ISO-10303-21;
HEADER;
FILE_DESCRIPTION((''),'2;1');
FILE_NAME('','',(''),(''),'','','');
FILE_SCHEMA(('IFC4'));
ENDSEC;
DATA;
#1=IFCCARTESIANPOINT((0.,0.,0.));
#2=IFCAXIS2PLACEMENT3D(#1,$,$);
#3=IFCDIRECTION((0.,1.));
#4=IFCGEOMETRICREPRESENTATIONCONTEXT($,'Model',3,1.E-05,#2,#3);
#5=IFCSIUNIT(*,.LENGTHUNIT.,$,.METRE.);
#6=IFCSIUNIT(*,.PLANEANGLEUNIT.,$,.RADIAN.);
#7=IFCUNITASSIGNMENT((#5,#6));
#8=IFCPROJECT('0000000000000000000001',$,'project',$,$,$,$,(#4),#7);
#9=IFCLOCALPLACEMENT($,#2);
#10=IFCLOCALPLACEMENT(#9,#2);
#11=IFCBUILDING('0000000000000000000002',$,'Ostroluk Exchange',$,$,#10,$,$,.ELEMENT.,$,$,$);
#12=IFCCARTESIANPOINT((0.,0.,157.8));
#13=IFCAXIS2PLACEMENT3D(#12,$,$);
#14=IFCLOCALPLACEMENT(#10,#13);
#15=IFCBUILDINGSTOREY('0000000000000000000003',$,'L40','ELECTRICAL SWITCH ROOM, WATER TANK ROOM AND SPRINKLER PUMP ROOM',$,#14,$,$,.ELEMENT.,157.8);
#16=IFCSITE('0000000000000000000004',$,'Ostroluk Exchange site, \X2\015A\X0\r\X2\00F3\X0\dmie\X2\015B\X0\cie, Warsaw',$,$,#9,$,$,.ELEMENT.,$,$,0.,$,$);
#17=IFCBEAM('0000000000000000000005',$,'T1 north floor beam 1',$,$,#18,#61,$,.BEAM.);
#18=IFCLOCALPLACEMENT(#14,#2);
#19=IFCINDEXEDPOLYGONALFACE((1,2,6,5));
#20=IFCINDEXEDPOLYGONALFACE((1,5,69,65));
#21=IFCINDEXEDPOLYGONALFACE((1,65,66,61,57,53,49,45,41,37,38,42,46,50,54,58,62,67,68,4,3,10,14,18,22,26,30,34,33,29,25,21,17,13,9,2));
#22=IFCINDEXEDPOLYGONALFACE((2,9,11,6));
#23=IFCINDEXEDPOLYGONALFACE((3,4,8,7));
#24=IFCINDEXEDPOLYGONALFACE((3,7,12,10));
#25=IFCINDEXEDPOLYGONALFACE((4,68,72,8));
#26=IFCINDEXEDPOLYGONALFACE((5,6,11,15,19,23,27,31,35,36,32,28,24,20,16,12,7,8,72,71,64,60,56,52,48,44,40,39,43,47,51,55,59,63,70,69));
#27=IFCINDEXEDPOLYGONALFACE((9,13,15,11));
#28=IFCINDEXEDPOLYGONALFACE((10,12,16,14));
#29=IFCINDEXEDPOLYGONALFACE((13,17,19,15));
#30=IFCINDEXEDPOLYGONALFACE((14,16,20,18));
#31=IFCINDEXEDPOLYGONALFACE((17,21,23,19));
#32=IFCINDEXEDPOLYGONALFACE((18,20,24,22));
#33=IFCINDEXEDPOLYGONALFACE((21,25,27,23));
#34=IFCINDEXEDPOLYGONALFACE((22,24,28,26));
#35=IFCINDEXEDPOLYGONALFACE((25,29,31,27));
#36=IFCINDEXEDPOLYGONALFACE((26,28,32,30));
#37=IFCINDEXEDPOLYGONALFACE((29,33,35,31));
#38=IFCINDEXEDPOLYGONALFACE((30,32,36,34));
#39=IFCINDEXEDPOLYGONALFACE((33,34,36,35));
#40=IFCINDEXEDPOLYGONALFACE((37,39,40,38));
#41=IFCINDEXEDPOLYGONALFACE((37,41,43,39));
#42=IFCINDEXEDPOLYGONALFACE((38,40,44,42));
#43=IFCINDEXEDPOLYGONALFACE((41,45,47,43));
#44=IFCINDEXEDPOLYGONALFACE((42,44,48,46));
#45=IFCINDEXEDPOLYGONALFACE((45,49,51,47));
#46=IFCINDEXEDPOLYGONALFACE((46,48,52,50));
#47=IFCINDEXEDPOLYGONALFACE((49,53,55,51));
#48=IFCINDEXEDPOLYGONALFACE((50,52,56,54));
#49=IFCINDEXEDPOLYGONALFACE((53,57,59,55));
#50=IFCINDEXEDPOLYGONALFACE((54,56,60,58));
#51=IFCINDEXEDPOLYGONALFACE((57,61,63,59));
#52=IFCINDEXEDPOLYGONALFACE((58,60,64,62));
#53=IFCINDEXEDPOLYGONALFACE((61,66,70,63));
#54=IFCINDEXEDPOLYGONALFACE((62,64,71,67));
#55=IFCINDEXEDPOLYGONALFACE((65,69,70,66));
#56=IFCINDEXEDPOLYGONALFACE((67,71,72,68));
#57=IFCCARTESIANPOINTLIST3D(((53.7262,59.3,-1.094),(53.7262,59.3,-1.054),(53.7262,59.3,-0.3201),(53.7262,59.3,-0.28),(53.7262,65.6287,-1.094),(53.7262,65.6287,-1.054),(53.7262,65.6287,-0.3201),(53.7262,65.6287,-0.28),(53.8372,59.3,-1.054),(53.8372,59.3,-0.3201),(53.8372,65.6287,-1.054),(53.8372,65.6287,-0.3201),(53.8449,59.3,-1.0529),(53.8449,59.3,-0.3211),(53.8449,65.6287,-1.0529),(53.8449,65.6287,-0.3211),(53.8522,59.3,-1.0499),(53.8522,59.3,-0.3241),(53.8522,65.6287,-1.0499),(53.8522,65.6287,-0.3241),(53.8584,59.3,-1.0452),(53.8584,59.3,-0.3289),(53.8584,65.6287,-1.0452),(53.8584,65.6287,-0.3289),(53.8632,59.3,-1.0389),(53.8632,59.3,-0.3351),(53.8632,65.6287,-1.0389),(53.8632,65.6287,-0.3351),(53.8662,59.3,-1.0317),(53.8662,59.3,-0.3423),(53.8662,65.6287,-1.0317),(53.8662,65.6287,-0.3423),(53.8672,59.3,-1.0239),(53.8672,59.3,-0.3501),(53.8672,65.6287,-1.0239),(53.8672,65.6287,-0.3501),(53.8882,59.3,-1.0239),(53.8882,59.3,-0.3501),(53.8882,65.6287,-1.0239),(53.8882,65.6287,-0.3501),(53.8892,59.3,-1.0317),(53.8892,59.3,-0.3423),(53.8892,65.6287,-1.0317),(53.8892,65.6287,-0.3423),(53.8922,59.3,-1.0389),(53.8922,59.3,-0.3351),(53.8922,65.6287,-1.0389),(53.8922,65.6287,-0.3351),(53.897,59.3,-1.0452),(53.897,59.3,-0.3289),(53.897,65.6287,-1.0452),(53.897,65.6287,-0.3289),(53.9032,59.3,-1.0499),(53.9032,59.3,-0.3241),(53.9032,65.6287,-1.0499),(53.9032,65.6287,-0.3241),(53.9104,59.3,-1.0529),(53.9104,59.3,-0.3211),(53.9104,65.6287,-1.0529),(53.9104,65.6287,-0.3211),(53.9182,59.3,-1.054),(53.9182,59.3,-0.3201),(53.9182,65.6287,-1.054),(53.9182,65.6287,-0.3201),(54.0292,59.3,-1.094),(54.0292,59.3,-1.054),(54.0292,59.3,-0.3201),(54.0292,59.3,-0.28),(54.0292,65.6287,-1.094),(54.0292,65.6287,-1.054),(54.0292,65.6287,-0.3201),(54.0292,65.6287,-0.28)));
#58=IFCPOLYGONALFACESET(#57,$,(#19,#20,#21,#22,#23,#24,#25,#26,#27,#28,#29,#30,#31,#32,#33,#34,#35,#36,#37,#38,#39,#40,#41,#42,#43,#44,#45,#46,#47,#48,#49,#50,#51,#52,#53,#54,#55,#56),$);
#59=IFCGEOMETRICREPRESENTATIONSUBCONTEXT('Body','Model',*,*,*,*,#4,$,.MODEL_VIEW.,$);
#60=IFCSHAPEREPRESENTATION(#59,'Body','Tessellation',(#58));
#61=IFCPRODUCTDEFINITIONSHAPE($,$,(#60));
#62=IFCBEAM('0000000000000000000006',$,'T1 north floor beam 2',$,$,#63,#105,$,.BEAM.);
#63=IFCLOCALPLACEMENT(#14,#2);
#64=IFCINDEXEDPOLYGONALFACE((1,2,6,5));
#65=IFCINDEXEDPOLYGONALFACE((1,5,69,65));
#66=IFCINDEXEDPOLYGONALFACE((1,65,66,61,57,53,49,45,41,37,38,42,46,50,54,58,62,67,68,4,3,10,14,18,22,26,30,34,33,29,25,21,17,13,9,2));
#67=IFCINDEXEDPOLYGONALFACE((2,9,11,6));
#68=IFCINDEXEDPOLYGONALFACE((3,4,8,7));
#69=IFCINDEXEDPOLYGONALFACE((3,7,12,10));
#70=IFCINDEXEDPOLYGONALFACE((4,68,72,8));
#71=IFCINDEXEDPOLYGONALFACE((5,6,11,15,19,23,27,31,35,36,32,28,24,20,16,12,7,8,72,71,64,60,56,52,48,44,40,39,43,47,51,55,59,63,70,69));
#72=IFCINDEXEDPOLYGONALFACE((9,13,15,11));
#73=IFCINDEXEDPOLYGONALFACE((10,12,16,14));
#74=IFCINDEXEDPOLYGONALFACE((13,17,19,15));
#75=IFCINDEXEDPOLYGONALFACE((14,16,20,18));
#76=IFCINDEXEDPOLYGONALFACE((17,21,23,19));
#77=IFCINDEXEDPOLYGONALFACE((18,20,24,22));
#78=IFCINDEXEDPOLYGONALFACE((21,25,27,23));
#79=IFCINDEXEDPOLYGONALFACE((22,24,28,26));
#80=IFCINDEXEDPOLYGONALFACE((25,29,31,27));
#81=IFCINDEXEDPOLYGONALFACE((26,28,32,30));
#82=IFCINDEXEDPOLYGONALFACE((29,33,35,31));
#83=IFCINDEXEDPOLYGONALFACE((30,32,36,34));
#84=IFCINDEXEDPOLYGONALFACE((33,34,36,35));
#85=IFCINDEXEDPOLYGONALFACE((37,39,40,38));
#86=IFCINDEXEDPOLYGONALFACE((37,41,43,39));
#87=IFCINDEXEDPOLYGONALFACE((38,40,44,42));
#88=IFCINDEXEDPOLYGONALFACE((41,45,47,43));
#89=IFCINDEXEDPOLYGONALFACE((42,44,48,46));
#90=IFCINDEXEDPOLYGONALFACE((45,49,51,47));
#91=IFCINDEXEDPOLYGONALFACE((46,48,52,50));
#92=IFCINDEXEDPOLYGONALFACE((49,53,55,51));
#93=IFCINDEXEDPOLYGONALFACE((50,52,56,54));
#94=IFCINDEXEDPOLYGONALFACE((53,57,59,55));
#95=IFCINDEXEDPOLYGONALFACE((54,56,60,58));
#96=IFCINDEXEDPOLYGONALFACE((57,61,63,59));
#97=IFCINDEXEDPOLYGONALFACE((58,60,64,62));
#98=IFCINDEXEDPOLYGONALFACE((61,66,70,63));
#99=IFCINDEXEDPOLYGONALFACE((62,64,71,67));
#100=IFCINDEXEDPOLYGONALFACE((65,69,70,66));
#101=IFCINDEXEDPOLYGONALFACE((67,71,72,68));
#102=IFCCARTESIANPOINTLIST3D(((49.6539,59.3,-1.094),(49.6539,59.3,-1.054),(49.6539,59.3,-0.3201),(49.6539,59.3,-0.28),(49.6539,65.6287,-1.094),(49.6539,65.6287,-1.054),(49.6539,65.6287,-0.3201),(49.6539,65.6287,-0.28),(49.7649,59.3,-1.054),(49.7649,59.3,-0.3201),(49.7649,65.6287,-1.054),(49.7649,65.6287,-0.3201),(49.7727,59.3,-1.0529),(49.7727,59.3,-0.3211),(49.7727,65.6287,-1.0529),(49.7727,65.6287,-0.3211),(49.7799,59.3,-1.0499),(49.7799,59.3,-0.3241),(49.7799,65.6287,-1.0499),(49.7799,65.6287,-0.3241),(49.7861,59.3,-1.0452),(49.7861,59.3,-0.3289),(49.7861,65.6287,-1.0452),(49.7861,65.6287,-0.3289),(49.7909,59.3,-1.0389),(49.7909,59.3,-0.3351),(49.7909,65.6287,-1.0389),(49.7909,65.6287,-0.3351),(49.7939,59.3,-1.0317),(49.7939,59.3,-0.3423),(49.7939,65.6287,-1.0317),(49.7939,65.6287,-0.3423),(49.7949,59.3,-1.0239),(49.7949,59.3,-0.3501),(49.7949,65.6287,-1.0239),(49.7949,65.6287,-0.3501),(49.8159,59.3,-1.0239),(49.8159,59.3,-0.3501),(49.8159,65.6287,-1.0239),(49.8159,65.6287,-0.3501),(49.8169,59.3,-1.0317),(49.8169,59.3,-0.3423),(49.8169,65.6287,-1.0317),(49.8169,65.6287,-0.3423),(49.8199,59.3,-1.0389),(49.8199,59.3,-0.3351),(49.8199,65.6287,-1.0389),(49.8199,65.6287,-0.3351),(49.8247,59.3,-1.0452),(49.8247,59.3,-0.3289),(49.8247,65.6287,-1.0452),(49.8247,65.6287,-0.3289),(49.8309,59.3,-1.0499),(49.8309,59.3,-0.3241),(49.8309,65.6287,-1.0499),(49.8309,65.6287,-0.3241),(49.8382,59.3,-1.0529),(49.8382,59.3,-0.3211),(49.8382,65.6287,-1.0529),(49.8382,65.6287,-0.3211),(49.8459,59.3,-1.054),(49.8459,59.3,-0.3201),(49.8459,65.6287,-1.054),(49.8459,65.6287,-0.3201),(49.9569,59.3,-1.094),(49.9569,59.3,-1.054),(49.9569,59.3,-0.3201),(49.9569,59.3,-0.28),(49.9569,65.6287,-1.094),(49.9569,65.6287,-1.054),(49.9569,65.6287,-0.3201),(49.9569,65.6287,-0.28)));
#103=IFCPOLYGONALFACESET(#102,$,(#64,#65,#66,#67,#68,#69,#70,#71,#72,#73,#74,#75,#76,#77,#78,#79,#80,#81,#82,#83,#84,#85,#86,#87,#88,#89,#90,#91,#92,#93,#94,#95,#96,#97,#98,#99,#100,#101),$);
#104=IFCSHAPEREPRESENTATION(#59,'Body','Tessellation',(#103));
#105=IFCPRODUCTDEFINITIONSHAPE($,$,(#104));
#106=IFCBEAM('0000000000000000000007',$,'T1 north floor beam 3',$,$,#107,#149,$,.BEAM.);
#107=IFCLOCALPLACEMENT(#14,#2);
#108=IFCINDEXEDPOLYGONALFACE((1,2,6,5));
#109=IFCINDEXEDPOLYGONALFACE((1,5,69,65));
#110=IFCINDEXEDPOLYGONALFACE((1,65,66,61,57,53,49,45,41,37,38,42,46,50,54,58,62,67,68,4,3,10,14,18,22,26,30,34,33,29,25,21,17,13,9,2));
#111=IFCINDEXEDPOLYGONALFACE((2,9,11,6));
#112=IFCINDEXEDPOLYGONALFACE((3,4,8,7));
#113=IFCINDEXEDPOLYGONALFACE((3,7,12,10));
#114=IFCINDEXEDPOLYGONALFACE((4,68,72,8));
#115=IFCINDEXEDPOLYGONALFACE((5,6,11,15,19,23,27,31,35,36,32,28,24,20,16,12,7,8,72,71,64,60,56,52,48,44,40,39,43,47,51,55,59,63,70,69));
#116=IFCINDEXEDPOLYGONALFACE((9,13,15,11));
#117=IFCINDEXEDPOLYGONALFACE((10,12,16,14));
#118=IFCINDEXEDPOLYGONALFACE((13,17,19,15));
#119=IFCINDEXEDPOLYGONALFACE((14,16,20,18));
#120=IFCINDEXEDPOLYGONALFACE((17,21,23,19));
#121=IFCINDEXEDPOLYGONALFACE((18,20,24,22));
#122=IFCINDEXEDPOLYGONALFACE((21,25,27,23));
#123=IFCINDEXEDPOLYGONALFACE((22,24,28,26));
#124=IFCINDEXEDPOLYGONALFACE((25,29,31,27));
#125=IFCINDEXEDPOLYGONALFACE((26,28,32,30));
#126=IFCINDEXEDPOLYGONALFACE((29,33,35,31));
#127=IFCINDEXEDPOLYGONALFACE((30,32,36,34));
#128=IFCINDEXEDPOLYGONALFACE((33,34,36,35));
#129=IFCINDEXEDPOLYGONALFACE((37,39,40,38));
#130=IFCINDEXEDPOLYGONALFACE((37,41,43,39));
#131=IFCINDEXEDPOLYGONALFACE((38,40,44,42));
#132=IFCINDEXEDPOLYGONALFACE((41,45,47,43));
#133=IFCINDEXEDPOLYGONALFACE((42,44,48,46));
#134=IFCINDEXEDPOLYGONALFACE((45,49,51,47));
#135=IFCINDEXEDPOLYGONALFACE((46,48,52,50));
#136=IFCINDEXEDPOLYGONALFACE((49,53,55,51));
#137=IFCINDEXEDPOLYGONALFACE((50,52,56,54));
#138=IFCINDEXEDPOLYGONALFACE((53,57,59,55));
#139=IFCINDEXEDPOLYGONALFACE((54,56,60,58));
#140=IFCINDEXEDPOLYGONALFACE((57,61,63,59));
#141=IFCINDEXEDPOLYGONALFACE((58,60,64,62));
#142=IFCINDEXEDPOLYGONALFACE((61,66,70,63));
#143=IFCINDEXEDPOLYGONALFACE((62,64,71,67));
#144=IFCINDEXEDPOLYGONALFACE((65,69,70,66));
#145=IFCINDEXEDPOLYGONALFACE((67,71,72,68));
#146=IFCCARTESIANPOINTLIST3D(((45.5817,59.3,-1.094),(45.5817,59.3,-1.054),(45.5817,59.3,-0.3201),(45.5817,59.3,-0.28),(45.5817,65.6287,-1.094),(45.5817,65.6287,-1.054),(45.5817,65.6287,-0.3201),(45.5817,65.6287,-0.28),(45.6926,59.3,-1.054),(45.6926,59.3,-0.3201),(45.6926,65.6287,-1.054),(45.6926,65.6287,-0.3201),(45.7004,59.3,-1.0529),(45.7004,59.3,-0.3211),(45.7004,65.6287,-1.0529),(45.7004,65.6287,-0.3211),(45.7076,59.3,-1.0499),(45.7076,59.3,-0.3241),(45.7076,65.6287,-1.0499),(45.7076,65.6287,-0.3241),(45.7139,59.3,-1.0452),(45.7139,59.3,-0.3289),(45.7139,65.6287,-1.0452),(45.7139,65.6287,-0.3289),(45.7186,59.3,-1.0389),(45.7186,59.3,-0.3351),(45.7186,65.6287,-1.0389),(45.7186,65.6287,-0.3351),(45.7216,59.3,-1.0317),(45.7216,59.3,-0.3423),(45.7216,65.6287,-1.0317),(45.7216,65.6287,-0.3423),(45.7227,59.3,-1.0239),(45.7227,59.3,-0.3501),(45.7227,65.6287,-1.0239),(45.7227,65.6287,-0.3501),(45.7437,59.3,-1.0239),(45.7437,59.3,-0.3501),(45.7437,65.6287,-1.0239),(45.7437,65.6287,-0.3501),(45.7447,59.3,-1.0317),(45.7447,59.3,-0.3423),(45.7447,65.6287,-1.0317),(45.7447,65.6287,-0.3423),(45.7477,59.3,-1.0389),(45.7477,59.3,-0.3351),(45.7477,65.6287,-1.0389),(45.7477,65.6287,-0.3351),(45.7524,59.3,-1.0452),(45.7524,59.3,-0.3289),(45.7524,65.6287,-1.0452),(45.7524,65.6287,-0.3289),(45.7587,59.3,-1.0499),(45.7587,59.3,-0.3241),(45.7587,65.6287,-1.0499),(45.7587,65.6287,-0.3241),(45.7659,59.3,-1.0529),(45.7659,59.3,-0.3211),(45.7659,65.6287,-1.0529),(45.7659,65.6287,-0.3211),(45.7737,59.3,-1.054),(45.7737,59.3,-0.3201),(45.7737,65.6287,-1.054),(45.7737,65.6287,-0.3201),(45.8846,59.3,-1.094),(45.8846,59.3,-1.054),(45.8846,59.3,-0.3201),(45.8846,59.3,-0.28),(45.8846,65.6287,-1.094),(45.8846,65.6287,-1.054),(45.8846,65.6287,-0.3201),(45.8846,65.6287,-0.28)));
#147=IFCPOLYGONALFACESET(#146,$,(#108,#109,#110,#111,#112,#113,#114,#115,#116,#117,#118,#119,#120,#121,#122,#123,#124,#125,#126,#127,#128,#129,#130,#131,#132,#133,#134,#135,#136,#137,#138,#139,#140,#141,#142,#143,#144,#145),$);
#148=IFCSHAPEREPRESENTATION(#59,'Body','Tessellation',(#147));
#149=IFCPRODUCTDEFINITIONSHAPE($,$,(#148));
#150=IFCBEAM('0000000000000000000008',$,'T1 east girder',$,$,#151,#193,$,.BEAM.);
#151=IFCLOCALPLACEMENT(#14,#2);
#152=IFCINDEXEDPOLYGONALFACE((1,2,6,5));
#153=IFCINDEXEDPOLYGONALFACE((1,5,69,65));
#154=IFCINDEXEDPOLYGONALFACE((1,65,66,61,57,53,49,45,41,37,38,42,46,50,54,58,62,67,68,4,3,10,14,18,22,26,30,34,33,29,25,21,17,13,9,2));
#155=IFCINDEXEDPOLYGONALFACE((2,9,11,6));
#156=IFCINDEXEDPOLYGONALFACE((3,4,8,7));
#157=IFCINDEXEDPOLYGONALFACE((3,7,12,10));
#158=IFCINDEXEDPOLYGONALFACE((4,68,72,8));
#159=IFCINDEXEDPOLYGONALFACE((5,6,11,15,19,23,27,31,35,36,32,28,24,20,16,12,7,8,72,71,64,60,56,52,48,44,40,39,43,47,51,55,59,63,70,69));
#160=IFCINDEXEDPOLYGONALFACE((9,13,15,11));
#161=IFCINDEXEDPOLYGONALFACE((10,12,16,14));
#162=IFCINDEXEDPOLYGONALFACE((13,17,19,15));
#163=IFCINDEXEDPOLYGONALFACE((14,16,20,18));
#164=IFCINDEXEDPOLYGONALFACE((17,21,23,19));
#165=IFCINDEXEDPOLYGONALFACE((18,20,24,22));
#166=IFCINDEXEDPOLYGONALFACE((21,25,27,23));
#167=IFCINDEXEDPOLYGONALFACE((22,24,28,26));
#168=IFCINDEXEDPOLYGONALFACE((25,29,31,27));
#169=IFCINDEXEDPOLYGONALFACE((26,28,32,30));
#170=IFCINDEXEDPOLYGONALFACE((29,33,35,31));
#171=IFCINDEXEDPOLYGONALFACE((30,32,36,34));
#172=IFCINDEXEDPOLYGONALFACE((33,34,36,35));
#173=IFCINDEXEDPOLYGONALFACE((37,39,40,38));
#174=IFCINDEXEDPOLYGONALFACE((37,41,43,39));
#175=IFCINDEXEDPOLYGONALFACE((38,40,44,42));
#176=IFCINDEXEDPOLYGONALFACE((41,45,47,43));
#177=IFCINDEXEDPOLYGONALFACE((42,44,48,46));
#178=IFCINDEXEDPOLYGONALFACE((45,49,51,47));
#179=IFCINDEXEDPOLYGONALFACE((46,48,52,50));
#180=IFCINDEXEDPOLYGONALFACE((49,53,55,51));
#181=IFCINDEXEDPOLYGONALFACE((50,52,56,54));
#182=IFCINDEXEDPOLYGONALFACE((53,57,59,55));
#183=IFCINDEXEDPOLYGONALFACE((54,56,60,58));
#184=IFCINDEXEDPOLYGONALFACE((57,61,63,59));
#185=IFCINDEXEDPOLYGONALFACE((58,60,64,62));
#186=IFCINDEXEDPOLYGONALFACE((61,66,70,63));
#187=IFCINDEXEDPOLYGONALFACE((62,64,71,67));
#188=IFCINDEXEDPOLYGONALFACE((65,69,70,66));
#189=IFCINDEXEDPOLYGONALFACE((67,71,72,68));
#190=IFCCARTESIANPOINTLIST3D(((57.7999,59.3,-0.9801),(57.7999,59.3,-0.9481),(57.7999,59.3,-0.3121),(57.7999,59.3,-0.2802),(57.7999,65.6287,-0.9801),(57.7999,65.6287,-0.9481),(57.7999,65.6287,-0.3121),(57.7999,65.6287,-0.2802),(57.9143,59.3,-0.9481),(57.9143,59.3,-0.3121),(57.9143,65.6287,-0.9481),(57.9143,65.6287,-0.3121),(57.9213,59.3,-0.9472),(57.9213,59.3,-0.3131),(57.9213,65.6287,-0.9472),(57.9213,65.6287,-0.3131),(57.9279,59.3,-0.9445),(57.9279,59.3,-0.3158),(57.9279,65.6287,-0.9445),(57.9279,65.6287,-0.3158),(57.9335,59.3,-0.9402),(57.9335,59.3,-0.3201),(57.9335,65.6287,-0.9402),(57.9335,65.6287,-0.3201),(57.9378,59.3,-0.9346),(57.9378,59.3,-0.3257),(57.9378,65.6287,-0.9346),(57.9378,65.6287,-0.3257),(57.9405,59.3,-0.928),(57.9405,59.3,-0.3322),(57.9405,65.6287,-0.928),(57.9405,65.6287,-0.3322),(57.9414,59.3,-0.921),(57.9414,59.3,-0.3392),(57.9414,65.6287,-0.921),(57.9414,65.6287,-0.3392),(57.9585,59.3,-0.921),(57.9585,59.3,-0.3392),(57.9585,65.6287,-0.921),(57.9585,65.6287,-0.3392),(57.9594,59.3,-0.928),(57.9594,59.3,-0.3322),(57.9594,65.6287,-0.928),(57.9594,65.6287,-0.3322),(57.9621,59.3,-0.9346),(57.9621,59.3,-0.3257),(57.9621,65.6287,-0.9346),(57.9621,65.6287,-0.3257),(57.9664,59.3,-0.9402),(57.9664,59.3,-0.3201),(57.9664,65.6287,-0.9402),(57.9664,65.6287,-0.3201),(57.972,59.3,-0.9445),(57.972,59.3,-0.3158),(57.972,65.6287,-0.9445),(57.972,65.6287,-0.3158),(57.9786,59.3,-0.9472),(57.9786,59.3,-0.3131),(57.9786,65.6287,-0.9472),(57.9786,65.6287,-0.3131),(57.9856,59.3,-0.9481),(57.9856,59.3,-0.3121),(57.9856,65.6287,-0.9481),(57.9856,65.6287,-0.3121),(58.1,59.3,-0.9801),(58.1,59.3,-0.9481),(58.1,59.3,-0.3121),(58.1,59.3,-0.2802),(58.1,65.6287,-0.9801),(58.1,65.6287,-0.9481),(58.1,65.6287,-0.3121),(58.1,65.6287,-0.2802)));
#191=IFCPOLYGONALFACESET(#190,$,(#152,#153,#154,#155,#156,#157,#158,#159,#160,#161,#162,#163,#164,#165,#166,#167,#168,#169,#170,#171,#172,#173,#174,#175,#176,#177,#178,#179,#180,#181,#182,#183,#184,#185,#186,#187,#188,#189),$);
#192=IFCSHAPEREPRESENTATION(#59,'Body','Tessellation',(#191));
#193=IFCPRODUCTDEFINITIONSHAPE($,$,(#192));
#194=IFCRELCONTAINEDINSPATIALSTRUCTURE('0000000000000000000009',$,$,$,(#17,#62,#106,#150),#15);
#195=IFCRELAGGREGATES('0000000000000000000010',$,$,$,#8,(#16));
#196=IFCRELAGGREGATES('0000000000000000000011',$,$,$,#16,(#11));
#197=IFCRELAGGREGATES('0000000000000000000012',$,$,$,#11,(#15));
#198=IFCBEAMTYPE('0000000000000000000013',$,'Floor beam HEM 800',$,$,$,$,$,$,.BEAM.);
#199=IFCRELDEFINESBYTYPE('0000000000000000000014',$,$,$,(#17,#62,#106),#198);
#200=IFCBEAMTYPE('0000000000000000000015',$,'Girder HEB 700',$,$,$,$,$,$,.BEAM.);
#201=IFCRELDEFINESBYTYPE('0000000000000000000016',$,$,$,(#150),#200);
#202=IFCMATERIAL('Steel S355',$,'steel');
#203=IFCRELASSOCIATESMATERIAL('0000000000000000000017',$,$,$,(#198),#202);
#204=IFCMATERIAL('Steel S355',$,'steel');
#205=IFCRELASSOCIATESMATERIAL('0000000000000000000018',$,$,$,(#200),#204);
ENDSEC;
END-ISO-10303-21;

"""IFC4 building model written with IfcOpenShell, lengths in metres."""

from ifc_helpers import new_model, si_unit, direction, frame, origin, origin_2d, place, context, subcontext, project, spatial, i_section, extrude, material, material_profile, profile_set, type_object, element, save


model = new_model("IFC4")

# Units and contexts
model_context = context("Model", 3, precision=1e-05, world=origin(), true_north=direction((0.0, 1.0)))
body_context = subcontext(model_context, "Body", "Model", "MODEL_VIEW")
ifc_project = project(units=[si_unit("LENGTHUNIT", "METRE"), si_unit("PLANEANGLEUNIT", "RADIAN")], contexts=[model_context])

# Site, building, storey
site_placement = place(None, origin())
site = spatial("IfcSite", under=ifc_project, at=site_placement, Name="Ostroluk Exchange site, Śródmieście, Warsaw", CompositionType="ELEMENT", RefElevation=0.0)
building_placement = place(site_placement, origin())
building = spatial("IfcBuilding", under=site, at=building_placement, Name="Ostroluk Exchange", CompositionType="ELEMENT")
storey_placement = place(building_placement, frame((0.0, 0.0, 157.8)))
storey = spatial("IfcBuildingStorey", under=building, at=storey_placement, Name="L40", Description="ELECTRICAL SWITCH ROOM, WATER TANK ROOM AND SPRINKLER PUMP ROOM", CompositionType="ELEMENT", Elevation=157.8)

# Beams
ifc_material_1 = material(Name="Steel S355", Category="steel")
ifc_material_profile_1 = material_profile(ifc_material_1, i_section(OverallWidth=0.303, OverallDepth=0.814, WebThickness=0.021, FlangeThickness=0.04, FilletRadius=0.03, at=origin_2d()), Name="HEM 800")
ifc_profile_set_1 = profile_set([ifc_material_profile_1], Name="Steel S355")
beam_type_1 = type_object("IfcBeamType", Name="Floor beam HEM 800", PredefinedType="BEAM", material=ifc_profile_set_1)
for number, where, z_axis, x_axis, name in (
    (1, (53.8777, 59.3, -0.687), (0.0, 1.0, 0.0), (-1.0, 0.0, 0.0), "T1 north floor beam 1"),
    (2, (49.8054, 59.3, -0.687), (0.0, 1.0, 0.0), (-1.0, 0.0, 0.0), "T1 north floor beam 2"),
    (3, (45.7332, 59.3, -0.687), (0.0, 1.0, 0.0), (-1.0, 0.0, 0.0), "T1 north floor beam 3"),
):
    element("IfcBeam", number, at=place(storey_placement, frame(where, z_axis=z_axis, x_axis=x_axis)), inside=storey, type_object=beam_type_1, Name=name, PredefinedType="BEAM", context=body_context, shape_type="SweptSolid", body=[
        extrude(i_section(OverallWidth=0.303, OverallDepth=0.814, WebThickness=0.021, FlangeThickness=0.04, FilletRadius=0.03, at=origin_2d()), origin(), (0.0, 0.0, 1.0), 6.3286),
    ])
ifc_material_2 = material(Name="Steel S355", Category="steel")
ifc_material_profile_2 = material_profile(ifc_material_2, i_section(OverallWidth=0.3, OverallDepth=0.7, WebThickness=0.0171, FlangeThickness=0.032, FilletRadius=0.0271, at=origin_2d()), Name="HEB 700")
ifc_profile_set_2 = profile_set([ifc_material_profile_2], Name="Steel S355")
beam_type_2 = type_object("IfcBeamType", Name="Girder HEB 700", PredefinedType="BEAM", material=ifc_profile_set_2)
beam_placement = place(storey_placement, frame((57.95, 59.3, -0.6301), z_axis=(0.0, 1.0, 0.0), x_axis=(-1.0, 0.0, 0.0)))
element("IfcBeam", 4, at=beam_placement, inside=storey, type_object=beam_type_2, Name="T1 east girder", PredefinedType="BEAM", context=body_context, shape_type="SweptSolid", body=[
    extrude(i_section(OverallWidth=0.3, OverallDepth=0.7, WebThickness=0.0171, FlangeThickness=0.032, FilletRadius=0.0271, at=origin_2d()), origin(), (0.0, 0.0, 1.0), 6.3286),
])

save(model, "model.ifc")
